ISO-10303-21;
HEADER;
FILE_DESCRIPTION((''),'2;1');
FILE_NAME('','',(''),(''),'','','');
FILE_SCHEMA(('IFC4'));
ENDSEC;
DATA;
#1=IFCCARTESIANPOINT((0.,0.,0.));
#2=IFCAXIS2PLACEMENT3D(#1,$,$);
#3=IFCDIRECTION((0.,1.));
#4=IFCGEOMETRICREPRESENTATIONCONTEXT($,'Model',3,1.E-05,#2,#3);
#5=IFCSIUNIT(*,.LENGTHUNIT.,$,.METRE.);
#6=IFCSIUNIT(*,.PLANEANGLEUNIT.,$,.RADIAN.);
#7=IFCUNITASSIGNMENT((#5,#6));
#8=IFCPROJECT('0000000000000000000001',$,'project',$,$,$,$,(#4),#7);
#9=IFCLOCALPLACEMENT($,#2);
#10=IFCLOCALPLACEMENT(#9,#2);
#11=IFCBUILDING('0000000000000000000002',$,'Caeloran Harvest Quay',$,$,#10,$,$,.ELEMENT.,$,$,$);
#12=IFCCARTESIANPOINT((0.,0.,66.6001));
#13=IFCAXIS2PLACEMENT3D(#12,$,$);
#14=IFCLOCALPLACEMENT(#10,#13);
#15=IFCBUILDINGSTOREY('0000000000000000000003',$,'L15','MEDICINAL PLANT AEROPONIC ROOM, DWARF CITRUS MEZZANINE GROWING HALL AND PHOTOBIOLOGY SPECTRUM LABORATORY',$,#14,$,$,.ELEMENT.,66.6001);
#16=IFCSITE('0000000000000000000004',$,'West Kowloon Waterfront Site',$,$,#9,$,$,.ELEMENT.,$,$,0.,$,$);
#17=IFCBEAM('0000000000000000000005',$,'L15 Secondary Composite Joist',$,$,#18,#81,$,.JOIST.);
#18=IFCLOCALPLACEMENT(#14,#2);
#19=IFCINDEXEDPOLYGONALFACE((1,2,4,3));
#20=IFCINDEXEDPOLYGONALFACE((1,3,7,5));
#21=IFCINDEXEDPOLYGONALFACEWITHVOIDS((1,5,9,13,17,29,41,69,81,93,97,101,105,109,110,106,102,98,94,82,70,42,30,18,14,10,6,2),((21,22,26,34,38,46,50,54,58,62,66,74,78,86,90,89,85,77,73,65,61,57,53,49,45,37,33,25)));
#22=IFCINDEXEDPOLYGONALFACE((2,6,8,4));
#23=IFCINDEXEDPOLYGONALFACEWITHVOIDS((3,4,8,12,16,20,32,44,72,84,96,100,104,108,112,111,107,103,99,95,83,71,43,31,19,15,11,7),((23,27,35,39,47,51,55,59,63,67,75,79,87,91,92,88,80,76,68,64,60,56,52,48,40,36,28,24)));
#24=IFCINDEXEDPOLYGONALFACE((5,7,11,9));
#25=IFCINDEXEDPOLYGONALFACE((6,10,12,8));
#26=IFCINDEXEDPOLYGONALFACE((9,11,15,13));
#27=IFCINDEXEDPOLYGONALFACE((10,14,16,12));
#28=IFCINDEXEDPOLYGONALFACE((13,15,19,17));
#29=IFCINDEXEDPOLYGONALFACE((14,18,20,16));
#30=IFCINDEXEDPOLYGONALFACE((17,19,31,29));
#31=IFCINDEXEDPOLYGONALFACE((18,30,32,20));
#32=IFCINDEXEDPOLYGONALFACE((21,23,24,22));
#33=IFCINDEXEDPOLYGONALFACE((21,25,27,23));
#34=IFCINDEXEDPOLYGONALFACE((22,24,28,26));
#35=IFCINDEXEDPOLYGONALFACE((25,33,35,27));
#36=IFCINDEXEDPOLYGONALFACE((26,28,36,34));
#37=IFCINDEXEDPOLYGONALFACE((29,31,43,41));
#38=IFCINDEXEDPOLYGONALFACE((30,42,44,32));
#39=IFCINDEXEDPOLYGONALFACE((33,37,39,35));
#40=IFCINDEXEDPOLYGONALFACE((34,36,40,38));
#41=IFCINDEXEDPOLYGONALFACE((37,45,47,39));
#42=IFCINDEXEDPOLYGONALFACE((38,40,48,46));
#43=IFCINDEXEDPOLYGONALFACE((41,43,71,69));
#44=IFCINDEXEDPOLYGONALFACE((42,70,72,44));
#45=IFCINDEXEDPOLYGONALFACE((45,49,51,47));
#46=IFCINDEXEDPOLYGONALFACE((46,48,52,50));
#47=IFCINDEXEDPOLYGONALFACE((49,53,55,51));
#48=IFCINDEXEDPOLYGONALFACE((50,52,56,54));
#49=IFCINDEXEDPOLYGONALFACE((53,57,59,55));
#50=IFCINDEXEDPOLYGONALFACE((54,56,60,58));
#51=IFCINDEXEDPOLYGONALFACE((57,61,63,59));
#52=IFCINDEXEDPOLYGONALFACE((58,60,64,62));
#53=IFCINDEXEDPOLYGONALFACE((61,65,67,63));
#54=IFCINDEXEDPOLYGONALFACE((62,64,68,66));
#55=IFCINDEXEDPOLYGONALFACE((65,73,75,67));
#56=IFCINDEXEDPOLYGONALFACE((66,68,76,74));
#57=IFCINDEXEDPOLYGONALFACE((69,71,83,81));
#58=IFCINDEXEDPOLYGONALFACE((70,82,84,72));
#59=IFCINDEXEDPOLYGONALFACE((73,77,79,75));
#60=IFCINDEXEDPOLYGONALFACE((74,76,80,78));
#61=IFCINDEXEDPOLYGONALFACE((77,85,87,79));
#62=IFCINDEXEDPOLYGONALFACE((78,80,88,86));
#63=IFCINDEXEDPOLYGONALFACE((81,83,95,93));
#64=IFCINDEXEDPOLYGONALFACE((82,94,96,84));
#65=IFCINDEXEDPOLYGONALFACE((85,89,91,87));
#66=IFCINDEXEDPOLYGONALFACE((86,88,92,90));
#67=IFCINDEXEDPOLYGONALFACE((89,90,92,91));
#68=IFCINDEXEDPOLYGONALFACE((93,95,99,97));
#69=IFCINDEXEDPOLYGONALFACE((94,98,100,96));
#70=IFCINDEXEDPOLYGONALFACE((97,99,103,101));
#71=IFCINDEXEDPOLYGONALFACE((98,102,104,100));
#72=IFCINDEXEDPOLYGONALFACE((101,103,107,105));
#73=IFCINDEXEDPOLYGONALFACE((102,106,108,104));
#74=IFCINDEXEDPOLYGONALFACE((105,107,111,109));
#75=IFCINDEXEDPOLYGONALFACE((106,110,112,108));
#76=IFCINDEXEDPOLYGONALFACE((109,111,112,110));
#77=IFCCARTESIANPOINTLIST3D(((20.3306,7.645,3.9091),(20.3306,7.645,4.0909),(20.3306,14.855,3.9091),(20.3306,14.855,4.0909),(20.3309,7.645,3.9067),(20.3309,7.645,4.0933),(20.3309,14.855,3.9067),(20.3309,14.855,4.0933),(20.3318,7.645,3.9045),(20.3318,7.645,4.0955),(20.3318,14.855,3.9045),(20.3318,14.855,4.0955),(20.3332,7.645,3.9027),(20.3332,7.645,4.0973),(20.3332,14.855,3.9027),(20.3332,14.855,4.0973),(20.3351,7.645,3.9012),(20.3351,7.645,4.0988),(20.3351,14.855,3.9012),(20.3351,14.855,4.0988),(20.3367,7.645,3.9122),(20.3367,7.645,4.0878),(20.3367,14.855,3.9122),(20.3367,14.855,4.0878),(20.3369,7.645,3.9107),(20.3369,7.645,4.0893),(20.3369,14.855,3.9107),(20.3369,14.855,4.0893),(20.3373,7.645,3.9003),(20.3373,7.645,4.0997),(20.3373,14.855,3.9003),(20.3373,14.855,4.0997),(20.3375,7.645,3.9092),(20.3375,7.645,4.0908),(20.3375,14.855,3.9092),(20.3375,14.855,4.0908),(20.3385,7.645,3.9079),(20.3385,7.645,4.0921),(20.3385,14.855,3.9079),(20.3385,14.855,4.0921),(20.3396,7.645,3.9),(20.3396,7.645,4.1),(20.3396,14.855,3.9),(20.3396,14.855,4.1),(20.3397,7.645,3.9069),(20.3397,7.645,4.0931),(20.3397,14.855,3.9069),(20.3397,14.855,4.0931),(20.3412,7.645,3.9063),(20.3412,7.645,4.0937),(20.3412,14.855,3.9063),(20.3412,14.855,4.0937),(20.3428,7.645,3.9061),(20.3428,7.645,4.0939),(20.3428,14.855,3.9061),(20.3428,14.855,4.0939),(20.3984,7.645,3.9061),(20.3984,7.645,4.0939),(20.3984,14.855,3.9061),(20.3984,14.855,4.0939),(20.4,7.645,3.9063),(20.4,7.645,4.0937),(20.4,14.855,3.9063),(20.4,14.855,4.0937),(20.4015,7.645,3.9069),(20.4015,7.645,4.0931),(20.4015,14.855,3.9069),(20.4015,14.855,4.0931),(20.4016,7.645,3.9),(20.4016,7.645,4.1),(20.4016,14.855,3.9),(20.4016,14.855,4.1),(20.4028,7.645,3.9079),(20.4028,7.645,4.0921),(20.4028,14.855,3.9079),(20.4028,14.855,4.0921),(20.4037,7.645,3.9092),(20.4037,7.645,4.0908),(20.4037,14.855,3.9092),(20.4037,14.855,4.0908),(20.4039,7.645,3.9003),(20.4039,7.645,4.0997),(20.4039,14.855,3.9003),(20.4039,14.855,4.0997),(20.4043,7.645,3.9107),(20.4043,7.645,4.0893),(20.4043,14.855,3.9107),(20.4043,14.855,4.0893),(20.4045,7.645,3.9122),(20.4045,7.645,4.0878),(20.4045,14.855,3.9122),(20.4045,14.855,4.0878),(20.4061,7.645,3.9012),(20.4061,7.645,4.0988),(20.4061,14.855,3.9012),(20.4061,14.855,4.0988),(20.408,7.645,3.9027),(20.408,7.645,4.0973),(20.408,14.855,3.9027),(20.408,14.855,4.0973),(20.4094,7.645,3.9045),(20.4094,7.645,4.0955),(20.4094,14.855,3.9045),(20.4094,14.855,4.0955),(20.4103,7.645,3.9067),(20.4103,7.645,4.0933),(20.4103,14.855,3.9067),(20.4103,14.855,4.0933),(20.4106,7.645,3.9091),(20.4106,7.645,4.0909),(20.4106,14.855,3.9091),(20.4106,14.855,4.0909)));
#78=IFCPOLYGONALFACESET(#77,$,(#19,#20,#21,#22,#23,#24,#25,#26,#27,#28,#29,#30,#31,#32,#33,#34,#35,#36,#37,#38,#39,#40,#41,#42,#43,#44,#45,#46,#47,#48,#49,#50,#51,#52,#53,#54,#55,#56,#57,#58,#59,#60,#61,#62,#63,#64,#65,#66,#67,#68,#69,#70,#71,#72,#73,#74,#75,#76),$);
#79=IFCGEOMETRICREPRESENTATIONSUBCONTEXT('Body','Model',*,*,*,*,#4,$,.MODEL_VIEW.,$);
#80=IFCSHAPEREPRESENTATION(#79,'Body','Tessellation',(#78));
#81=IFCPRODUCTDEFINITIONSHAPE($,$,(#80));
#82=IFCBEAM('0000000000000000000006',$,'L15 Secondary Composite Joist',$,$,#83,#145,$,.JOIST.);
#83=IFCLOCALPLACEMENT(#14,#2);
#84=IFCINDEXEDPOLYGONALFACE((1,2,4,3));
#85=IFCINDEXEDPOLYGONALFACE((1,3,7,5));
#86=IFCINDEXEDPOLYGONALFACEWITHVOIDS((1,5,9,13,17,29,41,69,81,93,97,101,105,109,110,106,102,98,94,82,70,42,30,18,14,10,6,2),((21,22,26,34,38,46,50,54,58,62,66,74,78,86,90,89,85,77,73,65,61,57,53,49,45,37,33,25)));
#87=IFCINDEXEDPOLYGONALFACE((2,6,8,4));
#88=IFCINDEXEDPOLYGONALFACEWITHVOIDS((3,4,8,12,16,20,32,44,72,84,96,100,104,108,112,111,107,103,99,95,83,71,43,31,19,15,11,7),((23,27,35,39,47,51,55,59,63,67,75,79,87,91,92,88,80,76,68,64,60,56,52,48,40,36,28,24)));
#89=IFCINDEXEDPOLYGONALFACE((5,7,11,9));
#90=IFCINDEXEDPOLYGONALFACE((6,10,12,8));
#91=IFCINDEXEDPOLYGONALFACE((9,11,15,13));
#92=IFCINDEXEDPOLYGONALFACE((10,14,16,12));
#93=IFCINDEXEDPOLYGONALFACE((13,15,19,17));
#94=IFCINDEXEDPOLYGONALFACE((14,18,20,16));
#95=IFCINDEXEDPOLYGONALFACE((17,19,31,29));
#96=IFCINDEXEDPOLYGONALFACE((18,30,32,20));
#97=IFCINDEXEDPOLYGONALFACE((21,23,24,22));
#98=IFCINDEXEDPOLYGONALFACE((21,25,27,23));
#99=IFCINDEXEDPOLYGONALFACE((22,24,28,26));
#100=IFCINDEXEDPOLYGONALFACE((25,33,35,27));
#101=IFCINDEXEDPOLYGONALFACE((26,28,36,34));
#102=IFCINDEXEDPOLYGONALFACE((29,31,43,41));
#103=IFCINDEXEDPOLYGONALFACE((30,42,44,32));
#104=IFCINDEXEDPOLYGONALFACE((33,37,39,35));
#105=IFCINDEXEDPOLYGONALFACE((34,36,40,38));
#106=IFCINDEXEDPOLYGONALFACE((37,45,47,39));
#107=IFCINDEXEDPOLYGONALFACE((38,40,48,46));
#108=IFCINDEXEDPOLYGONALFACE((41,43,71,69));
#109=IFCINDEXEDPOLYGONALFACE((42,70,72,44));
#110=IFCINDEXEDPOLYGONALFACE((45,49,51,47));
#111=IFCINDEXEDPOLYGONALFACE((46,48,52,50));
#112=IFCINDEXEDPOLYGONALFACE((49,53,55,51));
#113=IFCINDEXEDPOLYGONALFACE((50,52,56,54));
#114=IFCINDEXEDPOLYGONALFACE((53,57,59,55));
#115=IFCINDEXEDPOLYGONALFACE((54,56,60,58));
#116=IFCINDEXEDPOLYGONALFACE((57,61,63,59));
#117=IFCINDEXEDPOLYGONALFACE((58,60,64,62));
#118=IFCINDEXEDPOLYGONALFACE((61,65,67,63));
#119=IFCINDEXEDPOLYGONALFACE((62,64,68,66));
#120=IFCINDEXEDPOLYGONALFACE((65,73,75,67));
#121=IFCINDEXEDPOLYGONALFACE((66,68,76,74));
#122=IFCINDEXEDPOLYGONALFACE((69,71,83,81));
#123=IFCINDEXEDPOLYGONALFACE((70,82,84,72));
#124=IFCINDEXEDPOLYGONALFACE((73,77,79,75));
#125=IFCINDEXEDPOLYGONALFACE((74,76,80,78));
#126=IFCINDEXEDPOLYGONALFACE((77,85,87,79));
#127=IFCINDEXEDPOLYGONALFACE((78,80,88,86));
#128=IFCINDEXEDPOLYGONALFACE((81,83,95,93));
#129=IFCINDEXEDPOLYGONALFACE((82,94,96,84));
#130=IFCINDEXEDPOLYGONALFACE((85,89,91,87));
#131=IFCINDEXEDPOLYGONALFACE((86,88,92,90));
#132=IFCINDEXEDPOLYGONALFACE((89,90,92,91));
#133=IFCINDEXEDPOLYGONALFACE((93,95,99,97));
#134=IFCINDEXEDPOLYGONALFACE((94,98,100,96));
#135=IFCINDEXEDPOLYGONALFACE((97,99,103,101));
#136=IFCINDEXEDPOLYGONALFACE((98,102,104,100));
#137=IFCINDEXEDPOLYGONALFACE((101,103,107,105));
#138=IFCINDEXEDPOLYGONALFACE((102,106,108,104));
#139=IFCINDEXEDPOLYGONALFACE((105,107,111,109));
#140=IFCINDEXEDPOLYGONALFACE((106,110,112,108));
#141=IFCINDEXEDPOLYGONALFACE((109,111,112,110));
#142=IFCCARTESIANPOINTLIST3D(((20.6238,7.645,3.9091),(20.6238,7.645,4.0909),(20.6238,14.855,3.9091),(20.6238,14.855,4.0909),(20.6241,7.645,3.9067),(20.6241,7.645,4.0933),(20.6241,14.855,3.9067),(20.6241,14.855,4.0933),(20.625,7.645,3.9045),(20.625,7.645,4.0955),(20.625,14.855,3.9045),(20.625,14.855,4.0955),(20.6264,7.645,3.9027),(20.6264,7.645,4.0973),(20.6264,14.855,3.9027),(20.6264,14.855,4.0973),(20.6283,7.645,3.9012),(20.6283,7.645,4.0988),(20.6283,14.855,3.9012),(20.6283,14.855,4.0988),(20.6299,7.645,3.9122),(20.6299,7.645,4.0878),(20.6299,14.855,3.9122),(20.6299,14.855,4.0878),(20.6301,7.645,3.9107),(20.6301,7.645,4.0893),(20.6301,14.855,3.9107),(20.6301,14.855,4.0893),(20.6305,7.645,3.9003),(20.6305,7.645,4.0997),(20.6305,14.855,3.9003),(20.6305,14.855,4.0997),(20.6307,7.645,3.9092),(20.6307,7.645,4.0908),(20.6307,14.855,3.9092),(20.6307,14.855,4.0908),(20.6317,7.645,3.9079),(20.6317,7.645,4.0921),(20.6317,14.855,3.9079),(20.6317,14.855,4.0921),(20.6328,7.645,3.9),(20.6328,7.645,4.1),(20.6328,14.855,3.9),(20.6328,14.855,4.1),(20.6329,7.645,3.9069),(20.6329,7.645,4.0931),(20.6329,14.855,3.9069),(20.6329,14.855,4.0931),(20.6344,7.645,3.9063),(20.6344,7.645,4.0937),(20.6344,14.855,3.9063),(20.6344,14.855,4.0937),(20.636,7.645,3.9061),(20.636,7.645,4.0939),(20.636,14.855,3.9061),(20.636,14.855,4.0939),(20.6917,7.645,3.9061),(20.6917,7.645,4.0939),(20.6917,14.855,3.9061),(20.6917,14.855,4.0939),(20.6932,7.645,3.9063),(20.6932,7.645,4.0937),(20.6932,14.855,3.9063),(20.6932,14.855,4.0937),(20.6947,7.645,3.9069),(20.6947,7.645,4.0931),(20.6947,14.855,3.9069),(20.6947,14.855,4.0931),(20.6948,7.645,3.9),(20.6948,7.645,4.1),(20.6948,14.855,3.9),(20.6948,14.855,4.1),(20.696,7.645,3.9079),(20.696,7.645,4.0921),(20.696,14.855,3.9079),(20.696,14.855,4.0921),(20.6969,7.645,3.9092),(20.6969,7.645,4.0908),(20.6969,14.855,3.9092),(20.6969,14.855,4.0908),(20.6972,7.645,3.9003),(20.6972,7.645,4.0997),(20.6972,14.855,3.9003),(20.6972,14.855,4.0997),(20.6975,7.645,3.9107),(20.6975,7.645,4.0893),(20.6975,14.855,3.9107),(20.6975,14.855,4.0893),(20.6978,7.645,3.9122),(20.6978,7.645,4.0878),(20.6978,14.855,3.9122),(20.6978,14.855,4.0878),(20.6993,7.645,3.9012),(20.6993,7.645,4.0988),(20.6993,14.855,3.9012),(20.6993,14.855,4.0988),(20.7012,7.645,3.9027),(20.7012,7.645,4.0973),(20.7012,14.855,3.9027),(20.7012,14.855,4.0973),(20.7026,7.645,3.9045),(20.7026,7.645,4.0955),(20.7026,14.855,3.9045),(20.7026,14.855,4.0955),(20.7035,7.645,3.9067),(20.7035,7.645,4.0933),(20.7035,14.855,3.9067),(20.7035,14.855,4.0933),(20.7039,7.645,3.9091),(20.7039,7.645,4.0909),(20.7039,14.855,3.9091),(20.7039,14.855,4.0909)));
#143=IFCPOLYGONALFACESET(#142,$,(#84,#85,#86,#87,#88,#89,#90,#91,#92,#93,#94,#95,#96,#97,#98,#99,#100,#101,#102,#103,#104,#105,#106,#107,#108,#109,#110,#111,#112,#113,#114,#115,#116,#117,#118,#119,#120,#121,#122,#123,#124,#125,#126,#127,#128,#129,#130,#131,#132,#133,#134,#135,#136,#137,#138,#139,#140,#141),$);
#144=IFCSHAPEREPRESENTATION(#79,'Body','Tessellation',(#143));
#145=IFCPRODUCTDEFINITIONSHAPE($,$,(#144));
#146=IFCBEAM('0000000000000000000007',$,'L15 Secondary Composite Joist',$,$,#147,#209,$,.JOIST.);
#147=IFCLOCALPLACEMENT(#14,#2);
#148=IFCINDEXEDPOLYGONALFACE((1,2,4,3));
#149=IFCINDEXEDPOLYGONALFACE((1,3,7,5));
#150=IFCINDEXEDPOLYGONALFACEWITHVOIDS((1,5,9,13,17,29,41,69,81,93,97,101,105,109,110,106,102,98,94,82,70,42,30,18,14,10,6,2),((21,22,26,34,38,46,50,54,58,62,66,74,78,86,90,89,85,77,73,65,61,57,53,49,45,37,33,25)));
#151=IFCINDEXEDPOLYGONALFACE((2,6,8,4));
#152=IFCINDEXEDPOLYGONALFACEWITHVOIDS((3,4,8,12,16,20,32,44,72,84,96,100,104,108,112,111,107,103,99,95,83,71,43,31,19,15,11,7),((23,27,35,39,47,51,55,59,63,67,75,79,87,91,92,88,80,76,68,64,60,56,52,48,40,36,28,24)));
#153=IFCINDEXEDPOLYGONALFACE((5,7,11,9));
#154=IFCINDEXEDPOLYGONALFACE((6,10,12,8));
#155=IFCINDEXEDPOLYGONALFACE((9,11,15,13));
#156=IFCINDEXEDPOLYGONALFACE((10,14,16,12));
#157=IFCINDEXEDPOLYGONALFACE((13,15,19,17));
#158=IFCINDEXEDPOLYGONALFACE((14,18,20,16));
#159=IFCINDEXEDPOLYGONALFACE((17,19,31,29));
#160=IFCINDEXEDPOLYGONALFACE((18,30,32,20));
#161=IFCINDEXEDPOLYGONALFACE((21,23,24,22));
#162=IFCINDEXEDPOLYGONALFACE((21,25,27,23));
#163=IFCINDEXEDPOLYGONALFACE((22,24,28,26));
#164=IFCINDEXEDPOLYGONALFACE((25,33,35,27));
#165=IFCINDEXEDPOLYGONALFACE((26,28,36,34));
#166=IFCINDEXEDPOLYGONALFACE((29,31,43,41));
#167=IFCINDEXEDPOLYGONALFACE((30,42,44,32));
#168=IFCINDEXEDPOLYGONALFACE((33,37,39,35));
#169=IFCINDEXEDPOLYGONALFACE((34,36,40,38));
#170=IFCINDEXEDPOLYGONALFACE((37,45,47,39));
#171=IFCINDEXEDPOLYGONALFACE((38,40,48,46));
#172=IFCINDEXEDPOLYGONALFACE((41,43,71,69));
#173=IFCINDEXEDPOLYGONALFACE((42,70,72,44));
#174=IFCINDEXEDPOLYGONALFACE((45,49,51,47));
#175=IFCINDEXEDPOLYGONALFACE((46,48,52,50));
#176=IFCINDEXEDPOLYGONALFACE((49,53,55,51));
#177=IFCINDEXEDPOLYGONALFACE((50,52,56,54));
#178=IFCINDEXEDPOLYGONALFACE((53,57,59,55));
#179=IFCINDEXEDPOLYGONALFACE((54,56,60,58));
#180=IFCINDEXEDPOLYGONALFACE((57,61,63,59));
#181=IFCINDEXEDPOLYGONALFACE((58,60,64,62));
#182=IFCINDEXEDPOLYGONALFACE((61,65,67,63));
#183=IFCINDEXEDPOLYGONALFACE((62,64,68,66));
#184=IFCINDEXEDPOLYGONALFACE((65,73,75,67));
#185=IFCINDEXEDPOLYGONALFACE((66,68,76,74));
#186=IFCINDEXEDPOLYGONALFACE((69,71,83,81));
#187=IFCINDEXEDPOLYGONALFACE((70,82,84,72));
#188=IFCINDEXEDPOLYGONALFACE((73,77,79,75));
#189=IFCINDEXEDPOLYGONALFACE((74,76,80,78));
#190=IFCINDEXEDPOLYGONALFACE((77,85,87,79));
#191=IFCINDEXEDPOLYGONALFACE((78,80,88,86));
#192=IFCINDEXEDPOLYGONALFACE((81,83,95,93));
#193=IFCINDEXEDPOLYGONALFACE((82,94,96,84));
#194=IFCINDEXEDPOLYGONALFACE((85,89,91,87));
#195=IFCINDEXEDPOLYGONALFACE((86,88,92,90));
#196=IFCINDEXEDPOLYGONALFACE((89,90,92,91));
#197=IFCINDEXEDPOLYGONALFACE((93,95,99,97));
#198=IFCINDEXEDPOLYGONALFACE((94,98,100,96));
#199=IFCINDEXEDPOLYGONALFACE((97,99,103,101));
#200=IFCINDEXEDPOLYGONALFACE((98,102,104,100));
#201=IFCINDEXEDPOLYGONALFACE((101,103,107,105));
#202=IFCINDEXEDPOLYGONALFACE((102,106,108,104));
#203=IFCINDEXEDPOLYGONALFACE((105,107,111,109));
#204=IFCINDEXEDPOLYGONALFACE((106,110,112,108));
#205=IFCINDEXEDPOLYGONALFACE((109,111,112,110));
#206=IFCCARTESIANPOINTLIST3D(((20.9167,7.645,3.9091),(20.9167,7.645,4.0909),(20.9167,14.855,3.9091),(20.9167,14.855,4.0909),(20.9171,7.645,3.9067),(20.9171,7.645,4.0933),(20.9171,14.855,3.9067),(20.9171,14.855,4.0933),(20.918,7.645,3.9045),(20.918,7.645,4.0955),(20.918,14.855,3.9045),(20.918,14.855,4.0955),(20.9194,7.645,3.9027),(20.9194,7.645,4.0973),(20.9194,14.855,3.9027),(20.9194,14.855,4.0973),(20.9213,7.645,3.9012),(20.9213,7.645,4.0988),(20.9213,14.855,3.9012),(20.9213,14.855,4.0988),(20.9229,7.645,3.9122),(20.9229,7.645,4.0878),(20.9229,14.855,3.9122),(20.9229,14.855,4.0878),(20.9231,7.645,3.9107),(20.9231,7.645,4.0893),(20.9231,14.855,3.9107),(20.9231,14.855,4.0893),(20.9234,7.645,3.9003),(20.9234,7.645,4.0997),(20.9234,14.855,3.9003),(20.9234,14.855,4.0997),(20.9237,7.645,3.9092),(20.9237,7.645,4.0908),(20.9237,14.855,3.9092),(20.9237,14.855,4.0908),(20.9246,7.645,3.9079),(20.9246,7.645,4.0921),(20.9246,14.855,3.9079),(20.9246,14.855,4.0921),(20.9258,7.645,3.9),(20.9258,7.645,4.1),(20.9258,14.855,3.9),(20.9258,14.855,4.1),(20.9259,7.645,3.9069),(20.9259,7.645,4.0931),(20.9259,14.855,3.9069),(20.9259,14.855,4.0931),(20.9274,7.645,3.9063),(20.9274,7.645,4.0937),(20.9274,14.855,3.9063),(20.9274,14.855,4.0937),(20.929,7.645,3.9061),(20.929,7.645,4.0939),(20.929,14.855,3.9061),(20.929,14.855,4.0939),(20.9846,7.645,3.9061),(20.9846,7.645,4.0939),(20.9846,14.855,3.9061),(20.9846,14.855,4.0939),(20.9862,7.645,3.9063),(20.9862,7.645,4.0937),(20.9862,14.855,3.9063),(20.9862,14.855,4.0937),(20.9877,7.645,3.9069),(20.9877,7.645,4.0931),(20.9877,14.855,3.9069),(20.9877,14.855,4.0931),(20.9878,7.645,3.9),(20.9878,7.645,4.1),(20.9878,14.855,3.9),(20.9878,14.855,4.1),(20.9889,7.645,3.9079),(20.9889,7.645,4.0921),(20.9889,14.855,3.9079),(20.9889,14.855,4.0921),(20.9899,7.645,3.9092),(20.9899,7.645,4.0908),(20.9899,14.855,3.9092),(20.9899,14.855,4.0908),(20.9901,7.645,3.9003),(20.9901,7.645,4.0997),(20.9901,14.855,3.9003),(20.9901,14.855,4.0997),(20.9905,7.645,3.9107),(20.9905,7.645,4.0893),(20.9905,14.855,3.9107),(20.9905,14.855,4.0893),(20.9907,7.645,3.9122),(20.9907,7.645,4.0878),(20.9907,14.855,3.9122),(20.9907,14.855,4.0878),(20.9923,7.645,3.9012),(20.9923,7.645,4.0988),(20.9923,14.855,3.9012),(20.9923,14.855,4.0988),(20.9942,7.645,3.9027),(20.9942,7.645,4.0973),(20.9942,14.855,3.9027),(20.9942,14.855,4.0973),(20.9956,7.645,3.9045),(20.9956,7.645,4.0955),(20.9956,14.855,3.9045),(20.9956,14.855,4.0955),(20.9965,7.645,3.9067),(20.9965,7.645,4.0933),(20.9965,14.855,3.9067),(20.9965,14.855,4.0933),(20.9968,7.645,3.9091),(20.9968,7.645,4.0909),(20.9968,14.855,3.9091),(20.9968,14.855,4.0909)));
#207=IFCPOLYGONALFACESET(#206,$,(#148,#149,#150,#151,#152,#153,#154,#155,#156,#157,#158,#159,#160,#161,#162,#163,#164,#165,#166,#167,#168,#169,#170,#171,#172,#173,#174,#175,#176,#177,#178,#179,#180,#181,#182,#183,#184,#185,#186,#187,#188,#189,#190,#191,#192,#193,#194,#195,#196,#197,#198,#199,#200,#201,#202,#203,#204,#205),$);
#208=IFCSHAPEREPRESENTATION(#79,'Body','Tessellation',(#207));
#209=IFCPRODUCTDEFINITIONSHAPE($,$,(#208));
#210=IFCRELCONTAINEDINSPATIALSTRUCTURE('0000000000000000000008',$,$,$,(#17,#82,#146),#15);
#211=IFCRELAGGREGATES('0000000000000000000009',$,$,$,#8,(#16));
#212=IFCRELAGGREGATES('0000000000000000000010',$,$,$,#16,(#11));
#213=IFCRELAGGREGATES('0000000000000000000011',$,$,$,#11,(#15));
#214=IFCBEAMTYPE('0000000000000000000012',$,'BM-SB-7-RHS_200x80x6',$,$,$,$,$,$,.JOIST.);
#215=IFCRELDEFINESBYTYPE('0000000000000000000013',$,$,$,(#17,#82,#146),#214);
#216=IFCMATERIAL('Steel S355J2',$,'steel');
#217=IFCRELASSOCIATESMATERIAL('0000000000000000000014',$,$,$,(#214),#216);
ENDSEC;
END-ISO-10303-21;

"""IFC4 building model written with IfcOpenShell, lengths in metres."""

from ifc_helpers import new_model, si_unit, direction, frame, origin, origin_2d, place, context, subcontext, project, spatial, hollow_rectangle, extrude, material, material_profile, profile_set, type_object, element, save


model = new_model("IFC4")

# Units and contexts
model_context = context("Model", 3, precision=1e-05, world=origin(), true_north=direction((0.0, 1.0)))
body_context = subcontext(model_context, "Body", "Model", "MODEL_VIEW")
ifc_project = project(units=[si_unit("LENGTHUNIT", "METRE"), si_unit("PLANEANGLEUNIT", "RADIAN")], contexts=[model_context])

# Site, building, storey
site_placement = place(None, origin())
site = spatial("IfcSite", under=ifc_project, at=site_placement, Name="West Kowloon Waterfront Site", CompositionType="ELEMENT", RefElevation=0.0)
building_placement = place(site_placement, origin())
building = spatial("IfcBuilding", under=site, at=building_placement, Name="Caeloran Harvest Quay", CompositionType="ELEMENT")
storey_placement = place(building_placement, frame((0.0, 0.0, 66.6001)))
storey = spatial("IfcBuildingStorey", under=building, at=storey_placement, Name="L15", Description="MEDICINAL PLANT AEROPONIC ROOM, DWARF CITRUS MEZZANINE GROWING HALL AND PHOTOBIOLOGY SPECTRUM LABORATORY", CompositionType="ELEMENT", Elevation=66.6001)

# Beams
ifc_material_1 = material(Name="Steel S355J2", Category="steel")
ifc_material_profile_1 = material_profile(ifc_material_1, hollow_rectangle(XDim=0.0801, YDim=0.2, WallThickness=0.0061, InnerFilletRadius=0.0061, OuterFilletRadius=0.009, at=origin_2d()), Name="RHS 200x80x6")
ifc_profile_set_1 = profile_set([ifc_material_profile_1], Name="Steel S355J2")
beam_type_1 = type_object("IfcBeamType", Name="BM-SB-7-RHS_200x80x6", PredefinedType="JOIST", material=ifc_profile_set_1)
for number, where, z_axis, x_axis, name in (
    (1, (20.3706, 7.645, 4.0), (0.0, 1.0, 0.0), (-1.0, 0.0, 0.0), "L15 Secondary Composite Joist"),
    (2, (20.6638, 7.645, 4.0), (0.0, 1.0, 0.0), (-1.0, 0.0, 0.0), "L15 Secondary Composite Joist"),
    (3, (20.9568, 7.645, 4.0), (0.0, 1.0, 0.0), (-1.0, 0.0, 0.0), "L15 Secondary Composite Joist"),
):
    element("IfcBeam", number, at=place(storey_placement, frame(where, z_axis=z_axis, x_axis=x_axis)), inside=storey, type_object=beam_type_1, Name=name, PredefinedType="JOIST", context=body_context, shape_type="SweptSolid", body=[
        extrude(hollow_rectangle(XDim=0.0801, YDim=0.2, WallThickness=0.0061, InnerFilletRadius=0.0061, OuterFilletRadius=0.009, at=origin_2d()), origin(), (0.0, 0.0, 1.0), 7.21),
    ])

save(model, "model.ifc")
